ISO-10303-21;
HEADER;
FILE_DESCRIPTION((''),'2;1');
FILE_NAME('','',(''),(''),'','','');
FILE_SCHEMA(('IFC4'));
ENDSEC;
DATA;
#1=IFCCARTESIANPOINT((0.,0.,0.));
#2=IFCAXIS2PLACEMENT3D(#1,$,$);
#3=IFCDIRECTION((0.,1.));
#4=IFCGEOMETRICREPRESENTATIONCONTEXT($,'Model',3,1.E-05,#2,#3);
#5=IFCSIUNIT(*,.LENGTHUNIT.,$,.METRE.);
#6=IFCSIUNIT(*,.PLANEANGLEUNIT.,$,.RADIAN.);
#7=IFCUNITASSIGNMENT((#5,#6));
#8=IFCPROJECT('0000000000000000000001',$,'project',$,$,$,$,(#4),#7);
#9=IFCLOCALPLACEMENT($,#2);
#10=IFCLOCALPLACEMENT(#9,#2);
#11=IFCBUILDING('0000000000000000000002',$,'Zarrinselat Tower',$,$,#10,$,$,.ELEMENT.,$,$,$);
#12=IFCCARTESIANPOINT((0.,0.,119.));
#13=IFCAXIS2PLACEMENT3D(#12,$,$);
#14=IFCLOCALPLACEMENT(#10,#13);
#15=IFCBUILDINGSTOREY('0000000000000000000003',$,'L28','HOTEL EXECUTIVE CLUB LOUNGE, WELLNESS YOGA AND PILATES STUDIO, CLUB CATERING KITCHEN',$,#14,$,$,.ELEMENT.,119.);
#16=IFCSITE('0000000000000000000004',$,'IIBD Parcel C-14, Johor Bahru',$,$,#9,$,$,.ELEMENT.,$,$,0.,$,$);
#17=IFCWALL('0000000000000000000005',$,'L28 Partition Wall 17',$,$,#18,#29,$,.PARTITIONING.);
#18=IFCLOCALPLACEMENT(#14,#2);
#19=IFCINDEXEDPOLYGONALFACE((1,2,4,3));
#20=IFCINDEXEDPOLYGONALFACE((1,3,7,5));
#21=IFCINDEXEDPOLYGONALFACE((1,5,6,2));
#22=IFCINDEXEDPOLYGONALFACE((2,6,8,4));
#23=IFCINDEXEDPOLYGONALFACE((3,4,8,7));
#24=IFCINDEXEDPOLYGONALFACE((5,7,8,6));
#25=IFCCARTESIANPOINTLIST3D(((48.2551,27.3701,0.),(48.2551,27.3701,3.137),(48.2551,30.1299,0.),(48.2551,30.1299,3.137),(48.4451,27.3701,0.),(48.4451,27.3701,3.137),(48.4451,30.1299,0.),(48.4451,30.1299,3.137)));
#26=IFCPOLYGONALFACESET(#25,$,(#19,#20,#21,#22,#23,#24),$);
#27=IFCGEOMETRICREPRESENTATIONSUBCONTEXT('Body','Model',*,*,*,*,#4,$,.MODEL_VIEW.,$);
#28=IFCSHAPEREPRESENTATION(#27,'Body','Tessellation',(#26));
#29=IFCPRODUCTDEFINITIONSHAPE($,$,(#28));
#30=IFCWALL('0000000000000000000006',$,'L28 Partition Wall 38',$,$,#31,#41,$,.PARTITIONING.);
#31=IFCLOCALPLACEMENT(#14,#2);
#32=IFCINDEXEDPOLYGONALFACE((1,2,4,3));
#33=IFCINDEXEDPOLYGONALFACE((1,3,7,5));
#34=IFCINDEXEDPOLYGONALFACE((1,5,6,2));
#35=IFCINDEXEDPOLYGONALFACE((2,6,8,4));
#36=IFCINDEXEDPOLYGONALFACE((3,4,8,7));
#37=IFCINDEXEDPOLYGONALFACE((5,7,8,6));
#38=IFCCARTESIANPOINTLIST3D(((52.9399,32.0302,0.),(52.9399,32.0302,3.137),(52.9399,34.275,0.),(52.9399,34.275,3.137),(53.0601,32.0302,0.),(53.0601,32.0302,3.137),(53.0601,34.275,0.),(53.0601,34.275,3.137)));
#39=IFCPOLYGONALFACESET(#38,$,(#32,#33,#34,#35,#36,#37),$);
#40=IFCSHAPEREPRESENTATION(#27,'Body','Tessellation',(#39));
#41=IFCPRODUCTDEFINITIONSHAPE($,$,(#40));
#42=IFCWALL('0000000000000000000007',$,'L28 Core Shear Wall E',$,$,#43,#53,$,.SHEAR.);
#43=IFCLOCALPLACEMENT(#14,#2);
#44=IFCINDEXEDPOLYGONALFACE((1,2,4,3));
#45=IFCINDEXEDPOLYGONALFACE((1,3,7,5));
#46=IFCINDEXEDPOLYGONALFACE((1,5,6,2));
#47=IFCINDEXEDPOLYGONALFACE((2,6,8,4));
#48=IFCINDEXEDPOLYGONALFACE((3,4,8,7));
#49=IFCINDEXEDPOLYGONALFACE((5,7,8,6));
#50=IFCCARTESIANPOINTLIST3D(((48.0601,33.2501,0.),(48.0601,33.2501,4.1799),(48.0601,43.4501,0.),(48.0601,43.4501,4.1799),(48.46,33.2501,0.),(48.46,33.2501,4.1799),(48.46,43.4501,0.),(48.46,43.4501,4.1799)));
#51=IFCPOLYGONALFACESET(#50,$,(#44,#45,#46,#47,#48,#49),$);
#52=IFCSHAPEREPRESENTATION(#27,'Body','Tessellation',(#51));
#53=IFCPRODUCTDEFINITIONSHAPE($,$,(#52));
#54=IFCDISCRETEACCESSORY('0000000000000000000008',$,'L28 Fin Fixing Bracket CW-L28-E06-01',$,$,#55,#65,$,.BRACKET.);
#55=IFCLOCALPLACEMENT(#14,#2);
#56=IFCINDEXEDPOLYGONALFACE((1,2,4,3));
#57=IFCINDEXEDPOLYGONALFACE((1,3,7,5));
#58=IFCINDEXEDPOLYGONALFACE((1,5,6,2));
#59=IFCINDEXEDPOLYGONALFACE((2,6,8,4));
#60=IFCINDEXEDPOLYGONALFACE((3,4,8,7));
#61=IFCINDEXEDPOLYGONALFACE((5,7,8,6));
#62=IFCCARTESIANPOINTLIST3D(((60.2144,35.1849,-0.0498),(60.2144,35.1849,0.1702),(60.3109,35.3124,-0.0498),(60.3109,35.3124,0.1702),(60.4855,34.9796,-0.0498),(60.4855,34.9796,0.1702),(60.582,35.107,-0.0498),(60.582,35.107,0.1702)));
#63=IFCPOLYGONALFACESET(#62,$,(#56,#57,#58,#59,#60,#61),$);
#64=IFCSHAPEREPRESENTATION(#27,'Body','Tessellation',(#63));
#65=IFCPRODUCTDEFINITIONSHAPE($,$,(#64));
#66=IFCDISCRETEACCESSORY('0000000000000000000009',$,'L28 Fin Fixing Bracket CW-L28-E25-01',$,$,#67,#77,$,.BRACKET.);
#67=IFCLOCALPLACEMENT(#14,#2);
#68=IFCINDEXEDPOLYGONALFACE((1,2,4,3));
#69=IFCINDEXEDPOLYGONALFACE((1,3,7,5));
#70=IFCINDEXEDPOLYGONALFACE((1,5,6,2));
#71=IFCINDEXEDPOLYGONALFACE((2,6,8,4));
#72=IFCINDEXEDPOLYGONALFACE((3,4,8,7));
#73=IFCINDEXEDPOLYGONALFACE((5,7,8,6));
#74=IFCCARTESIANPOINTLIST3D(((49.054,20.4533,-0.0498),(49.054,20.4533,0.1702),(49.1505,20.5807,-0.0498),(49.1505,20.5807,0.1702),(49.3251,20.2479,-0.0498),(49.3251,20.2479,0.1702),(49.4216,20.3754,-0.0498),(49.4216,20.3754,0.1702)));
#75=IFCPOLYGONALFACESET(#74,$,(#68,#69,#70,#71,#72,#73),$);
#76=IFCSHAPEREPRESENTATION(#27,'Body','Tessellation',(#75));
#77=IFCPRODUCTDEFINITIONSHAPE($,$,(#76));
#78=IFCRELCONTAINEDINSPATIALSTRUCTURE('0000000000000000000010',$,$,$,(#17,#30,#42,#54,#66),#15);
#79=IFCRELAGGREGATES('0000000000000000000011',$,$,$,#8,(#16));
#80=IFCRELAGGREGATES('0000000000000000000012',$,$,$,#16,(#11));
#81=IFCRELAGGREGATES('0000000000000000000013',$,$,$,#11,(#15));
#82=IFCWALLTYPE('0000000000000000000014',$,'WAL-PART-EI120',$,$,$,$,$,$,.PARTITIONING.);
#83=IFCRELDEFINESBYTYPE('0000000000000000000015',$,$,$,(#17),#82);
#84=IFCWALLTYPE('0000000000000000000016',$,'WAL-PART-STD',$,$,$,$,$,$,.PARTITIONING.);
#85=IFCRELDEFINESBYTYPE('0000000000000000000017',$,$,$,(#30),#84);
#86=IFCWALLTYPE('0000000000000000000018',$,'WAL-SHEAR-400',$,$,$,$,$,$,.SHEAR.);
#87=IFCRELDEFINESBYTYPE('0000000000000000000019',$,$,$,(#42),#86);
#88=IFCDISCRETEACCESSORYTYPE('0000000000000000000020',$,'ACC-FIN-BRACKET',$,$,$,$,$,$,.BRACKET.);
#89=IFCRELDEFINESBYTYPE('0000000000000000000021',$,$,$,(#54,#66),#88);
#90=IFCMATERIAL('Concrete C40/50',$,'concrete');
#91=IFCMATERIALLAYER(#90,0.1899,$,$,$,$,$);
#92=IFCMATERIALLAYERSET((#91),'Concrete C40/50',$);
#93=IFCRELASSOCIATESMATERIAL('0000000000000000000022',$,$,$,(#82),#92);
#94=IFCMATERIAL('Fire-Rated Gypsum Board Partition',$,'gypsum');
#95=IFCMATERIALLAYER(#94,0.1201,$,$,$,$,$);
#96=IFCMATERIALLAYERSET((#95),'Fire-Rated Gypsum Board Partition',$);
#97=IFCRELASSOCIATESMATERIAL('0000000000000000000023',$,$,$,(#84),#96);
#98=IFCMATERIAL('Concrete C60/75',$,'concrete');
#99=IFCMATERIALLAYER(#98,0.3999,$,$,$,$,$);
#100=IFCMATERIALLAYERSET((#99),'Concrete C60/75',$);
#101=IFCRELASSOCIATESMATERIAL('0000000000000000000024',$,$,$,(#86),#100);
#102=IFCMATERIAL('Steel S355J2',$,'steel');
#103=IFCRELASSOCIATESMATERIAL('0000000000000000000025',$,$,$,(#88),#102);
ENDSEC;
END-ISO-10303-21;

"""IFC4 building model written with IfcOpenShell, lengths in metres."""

from ifc_helpers import new_model, si_unit, direction, frame, frame_2d, origin, origin_2d, place, context, subcontext, project, spatial, rectangle, extrude, material, layer, layer_set, type_object, element, save


model = new_model("IFC4")

# Units and contexts
model_context = context("Model", 3, precision=1e-05, world=origin(), true_north=direction((0.0, 1.0)))
body_context = subcontext(model_context, "Body", "Model", "MODEL_VIEW")
ifc_project = project(units=[si_unit("LENGTHUNIT", "METRE"), si_unit("PLANEANGLEUNIT", "RADIAN")], contexts=[model_context])

# Site, building, storey
site_placement = place(None, origin())
site = spatial("IfcSite", under=ifc_project, at=site_placement, Name="IIBD Parcel C-14, Johor Bahru", CompositionType="ELEMENT", RefElevation=0.0)
building_placement = place(site_placement, origin())
building = spatial("IfcBuilding", under=site, at=building_placement, Name="Zarrinselat Tower", CompositionType="ELEMENT")
storey_placement = place(building_placement, frame((0.0, 0.0, 119.0)))
storey = spatial("IfcBuildingStorey", under=building, at=storey_placement, Name="L28", Description="HOTEL EXECUTIVE CLUB LOUNGE, WELLNESS YOGA AND PILATES STUDIO, CLUB CATERING KITCHEN", CompositionType="ELEMENT", Elevation=119.0)

# Walls
ifc_material_1 = material(Name="Concrete C40/50", Category="concrete")
ifc_layer_1 = layer(ifc_material_1, 0.1899)
ifc_layer_set_1 = layer_set([ifc_layer_1], Name="Concrete C40/50")
wall_type_1 = type_object("IfcWallType", Name="WAL-PART-EI120", PredefinedType="PARTITIONING", material=ifc_layer_set_1)
wall_1_placement = place(storey_placement, frame((48.3501, 27.3701, 0.0), z_axis=(0.0, 0.0, 1.0), x_axis=(0.0, 1.0, 0.0)))
element("IfcWall", 1, at=wall_1_placement, inside=storey, type_object=wall_type_1, Name="L28 Partition Wall 17", PredefinedType="PARTITIONING", context=body_context, shape_type="SweptSolid", body=[
    extrude(rectangle(XDim=2.7598, YDim=0.1899, at=frame_2d((1.3799, 0.0))), origin(), (0.0, 0.0, 1.0), 3.137),
])
ifc_material_2 = material(Name="Fire-Rated Gypsum Board Partition", Category="gypsum")
ifc_layer_2 = layer(ifc_material_2, 0.1201)
ifc_layer_set_2 = layer_set([ifc_layer_2], Name="Fire-Rated Gypsum Board Partition")
wall_type_2 = type_object("IfcWallType", Name="WAL-PART-STD", PredefinedType="PARTITIONING", material=ifc_layer_set_2)
wall_2_placement = place(storey_placement, frame((53.0, 32.03, 0.0), z_axis=(0.0, 0.0, 1.0), x_axis=(0.0, 1.0, 0.0)))
element("IfcWall", 2, at=wall_2_placement, inside=storey, type_object=wall_type_2, Name="L28 Partition Wall 38", PredefinedType="PARTITIONING", context=body_context, shape_type="SweptSolid", body=[
    extrude(rectangle(XDim=2.2449, YDim=0.1201, at=frame_2d((1.1226, 0.0))), origin(), (0.0, 0.0, 1.0), 3.137),
])
ifc_material_3 = material(Name="Concrete C60/75", Category="concrete")
ifc_layer_3 = layer(ifc_material_3, 0.3999)
ifc_layer_set_3 = layer_set([ifc_layer_3], Name="Concrete C60/75")
wall_type_3 = type_object("IfcWallType", Name="WAL-SHEAR-400", PredefinedType="SHEAR", material=ifc_layer_set_3)
wall_3_placement = place(storey_placement, frame((48.26, 33.25, 0.0), z_axis=(0.0, 0.0, 1.0), x_axis=(0.0, 1.0, 0.0)))
element("IfcWall", 3, at=wall_3_placement, inside=storey, type_object=wall_type_3, Name="L28 Core Shear Wall E", PredefinedType="SHEAR", context=body_context, shape_type="SweptSolid", body=[
    extrude(rectangle(XDim=10.2, YDim=0.3999, at=frame_2d((5.1001, 0.0))), origin(), (0.0, 0.0, 1.0), 4.1799),
])

# Discrete accessories
ifc_material_4 = material(Name="Steel S355J2", Category="steel")
discrete_accessory_type = type_object("IfcDiscreteAccessoryType", Name="ACC-FIN-BRACKET", PredefinedType="BRACKET", material=ifc_material_4)
for number, where, z_axis, x_axis, name in (
    (4, (60.3982, 35.146, -0.0498), (0.0, 0.0, 1.0), (0.79709, -0.60386, 0.0), "L28 Fin Fixing Bracket CW-L28-E06-01"),
    (5, (49.2378, 20.4143, -0.0498), (0.0, 0.0, 1.0), (0.79709, -0.60386, 0.0), "L28 Fin Fixing Bracket CW-L28-E25-01"),
):
    element("IfcDiscreteAccessory", number, at=place(storey_placement, frame(where, z_axis=z_axis, x_axis=x_axis)), inside=storey, type_object=discrete_accessory_type, Name=name, PredefinedType="BRACKET", context=body_context, shape_type="SweptSolid", body=[
        extrude(rectangle(XDim=0.3401, YDim=0.1599, at=origin_2d()), origin(), (0.0, 0.0, 1.0), 0.22),
    ])

save(model, "model.ifc")
